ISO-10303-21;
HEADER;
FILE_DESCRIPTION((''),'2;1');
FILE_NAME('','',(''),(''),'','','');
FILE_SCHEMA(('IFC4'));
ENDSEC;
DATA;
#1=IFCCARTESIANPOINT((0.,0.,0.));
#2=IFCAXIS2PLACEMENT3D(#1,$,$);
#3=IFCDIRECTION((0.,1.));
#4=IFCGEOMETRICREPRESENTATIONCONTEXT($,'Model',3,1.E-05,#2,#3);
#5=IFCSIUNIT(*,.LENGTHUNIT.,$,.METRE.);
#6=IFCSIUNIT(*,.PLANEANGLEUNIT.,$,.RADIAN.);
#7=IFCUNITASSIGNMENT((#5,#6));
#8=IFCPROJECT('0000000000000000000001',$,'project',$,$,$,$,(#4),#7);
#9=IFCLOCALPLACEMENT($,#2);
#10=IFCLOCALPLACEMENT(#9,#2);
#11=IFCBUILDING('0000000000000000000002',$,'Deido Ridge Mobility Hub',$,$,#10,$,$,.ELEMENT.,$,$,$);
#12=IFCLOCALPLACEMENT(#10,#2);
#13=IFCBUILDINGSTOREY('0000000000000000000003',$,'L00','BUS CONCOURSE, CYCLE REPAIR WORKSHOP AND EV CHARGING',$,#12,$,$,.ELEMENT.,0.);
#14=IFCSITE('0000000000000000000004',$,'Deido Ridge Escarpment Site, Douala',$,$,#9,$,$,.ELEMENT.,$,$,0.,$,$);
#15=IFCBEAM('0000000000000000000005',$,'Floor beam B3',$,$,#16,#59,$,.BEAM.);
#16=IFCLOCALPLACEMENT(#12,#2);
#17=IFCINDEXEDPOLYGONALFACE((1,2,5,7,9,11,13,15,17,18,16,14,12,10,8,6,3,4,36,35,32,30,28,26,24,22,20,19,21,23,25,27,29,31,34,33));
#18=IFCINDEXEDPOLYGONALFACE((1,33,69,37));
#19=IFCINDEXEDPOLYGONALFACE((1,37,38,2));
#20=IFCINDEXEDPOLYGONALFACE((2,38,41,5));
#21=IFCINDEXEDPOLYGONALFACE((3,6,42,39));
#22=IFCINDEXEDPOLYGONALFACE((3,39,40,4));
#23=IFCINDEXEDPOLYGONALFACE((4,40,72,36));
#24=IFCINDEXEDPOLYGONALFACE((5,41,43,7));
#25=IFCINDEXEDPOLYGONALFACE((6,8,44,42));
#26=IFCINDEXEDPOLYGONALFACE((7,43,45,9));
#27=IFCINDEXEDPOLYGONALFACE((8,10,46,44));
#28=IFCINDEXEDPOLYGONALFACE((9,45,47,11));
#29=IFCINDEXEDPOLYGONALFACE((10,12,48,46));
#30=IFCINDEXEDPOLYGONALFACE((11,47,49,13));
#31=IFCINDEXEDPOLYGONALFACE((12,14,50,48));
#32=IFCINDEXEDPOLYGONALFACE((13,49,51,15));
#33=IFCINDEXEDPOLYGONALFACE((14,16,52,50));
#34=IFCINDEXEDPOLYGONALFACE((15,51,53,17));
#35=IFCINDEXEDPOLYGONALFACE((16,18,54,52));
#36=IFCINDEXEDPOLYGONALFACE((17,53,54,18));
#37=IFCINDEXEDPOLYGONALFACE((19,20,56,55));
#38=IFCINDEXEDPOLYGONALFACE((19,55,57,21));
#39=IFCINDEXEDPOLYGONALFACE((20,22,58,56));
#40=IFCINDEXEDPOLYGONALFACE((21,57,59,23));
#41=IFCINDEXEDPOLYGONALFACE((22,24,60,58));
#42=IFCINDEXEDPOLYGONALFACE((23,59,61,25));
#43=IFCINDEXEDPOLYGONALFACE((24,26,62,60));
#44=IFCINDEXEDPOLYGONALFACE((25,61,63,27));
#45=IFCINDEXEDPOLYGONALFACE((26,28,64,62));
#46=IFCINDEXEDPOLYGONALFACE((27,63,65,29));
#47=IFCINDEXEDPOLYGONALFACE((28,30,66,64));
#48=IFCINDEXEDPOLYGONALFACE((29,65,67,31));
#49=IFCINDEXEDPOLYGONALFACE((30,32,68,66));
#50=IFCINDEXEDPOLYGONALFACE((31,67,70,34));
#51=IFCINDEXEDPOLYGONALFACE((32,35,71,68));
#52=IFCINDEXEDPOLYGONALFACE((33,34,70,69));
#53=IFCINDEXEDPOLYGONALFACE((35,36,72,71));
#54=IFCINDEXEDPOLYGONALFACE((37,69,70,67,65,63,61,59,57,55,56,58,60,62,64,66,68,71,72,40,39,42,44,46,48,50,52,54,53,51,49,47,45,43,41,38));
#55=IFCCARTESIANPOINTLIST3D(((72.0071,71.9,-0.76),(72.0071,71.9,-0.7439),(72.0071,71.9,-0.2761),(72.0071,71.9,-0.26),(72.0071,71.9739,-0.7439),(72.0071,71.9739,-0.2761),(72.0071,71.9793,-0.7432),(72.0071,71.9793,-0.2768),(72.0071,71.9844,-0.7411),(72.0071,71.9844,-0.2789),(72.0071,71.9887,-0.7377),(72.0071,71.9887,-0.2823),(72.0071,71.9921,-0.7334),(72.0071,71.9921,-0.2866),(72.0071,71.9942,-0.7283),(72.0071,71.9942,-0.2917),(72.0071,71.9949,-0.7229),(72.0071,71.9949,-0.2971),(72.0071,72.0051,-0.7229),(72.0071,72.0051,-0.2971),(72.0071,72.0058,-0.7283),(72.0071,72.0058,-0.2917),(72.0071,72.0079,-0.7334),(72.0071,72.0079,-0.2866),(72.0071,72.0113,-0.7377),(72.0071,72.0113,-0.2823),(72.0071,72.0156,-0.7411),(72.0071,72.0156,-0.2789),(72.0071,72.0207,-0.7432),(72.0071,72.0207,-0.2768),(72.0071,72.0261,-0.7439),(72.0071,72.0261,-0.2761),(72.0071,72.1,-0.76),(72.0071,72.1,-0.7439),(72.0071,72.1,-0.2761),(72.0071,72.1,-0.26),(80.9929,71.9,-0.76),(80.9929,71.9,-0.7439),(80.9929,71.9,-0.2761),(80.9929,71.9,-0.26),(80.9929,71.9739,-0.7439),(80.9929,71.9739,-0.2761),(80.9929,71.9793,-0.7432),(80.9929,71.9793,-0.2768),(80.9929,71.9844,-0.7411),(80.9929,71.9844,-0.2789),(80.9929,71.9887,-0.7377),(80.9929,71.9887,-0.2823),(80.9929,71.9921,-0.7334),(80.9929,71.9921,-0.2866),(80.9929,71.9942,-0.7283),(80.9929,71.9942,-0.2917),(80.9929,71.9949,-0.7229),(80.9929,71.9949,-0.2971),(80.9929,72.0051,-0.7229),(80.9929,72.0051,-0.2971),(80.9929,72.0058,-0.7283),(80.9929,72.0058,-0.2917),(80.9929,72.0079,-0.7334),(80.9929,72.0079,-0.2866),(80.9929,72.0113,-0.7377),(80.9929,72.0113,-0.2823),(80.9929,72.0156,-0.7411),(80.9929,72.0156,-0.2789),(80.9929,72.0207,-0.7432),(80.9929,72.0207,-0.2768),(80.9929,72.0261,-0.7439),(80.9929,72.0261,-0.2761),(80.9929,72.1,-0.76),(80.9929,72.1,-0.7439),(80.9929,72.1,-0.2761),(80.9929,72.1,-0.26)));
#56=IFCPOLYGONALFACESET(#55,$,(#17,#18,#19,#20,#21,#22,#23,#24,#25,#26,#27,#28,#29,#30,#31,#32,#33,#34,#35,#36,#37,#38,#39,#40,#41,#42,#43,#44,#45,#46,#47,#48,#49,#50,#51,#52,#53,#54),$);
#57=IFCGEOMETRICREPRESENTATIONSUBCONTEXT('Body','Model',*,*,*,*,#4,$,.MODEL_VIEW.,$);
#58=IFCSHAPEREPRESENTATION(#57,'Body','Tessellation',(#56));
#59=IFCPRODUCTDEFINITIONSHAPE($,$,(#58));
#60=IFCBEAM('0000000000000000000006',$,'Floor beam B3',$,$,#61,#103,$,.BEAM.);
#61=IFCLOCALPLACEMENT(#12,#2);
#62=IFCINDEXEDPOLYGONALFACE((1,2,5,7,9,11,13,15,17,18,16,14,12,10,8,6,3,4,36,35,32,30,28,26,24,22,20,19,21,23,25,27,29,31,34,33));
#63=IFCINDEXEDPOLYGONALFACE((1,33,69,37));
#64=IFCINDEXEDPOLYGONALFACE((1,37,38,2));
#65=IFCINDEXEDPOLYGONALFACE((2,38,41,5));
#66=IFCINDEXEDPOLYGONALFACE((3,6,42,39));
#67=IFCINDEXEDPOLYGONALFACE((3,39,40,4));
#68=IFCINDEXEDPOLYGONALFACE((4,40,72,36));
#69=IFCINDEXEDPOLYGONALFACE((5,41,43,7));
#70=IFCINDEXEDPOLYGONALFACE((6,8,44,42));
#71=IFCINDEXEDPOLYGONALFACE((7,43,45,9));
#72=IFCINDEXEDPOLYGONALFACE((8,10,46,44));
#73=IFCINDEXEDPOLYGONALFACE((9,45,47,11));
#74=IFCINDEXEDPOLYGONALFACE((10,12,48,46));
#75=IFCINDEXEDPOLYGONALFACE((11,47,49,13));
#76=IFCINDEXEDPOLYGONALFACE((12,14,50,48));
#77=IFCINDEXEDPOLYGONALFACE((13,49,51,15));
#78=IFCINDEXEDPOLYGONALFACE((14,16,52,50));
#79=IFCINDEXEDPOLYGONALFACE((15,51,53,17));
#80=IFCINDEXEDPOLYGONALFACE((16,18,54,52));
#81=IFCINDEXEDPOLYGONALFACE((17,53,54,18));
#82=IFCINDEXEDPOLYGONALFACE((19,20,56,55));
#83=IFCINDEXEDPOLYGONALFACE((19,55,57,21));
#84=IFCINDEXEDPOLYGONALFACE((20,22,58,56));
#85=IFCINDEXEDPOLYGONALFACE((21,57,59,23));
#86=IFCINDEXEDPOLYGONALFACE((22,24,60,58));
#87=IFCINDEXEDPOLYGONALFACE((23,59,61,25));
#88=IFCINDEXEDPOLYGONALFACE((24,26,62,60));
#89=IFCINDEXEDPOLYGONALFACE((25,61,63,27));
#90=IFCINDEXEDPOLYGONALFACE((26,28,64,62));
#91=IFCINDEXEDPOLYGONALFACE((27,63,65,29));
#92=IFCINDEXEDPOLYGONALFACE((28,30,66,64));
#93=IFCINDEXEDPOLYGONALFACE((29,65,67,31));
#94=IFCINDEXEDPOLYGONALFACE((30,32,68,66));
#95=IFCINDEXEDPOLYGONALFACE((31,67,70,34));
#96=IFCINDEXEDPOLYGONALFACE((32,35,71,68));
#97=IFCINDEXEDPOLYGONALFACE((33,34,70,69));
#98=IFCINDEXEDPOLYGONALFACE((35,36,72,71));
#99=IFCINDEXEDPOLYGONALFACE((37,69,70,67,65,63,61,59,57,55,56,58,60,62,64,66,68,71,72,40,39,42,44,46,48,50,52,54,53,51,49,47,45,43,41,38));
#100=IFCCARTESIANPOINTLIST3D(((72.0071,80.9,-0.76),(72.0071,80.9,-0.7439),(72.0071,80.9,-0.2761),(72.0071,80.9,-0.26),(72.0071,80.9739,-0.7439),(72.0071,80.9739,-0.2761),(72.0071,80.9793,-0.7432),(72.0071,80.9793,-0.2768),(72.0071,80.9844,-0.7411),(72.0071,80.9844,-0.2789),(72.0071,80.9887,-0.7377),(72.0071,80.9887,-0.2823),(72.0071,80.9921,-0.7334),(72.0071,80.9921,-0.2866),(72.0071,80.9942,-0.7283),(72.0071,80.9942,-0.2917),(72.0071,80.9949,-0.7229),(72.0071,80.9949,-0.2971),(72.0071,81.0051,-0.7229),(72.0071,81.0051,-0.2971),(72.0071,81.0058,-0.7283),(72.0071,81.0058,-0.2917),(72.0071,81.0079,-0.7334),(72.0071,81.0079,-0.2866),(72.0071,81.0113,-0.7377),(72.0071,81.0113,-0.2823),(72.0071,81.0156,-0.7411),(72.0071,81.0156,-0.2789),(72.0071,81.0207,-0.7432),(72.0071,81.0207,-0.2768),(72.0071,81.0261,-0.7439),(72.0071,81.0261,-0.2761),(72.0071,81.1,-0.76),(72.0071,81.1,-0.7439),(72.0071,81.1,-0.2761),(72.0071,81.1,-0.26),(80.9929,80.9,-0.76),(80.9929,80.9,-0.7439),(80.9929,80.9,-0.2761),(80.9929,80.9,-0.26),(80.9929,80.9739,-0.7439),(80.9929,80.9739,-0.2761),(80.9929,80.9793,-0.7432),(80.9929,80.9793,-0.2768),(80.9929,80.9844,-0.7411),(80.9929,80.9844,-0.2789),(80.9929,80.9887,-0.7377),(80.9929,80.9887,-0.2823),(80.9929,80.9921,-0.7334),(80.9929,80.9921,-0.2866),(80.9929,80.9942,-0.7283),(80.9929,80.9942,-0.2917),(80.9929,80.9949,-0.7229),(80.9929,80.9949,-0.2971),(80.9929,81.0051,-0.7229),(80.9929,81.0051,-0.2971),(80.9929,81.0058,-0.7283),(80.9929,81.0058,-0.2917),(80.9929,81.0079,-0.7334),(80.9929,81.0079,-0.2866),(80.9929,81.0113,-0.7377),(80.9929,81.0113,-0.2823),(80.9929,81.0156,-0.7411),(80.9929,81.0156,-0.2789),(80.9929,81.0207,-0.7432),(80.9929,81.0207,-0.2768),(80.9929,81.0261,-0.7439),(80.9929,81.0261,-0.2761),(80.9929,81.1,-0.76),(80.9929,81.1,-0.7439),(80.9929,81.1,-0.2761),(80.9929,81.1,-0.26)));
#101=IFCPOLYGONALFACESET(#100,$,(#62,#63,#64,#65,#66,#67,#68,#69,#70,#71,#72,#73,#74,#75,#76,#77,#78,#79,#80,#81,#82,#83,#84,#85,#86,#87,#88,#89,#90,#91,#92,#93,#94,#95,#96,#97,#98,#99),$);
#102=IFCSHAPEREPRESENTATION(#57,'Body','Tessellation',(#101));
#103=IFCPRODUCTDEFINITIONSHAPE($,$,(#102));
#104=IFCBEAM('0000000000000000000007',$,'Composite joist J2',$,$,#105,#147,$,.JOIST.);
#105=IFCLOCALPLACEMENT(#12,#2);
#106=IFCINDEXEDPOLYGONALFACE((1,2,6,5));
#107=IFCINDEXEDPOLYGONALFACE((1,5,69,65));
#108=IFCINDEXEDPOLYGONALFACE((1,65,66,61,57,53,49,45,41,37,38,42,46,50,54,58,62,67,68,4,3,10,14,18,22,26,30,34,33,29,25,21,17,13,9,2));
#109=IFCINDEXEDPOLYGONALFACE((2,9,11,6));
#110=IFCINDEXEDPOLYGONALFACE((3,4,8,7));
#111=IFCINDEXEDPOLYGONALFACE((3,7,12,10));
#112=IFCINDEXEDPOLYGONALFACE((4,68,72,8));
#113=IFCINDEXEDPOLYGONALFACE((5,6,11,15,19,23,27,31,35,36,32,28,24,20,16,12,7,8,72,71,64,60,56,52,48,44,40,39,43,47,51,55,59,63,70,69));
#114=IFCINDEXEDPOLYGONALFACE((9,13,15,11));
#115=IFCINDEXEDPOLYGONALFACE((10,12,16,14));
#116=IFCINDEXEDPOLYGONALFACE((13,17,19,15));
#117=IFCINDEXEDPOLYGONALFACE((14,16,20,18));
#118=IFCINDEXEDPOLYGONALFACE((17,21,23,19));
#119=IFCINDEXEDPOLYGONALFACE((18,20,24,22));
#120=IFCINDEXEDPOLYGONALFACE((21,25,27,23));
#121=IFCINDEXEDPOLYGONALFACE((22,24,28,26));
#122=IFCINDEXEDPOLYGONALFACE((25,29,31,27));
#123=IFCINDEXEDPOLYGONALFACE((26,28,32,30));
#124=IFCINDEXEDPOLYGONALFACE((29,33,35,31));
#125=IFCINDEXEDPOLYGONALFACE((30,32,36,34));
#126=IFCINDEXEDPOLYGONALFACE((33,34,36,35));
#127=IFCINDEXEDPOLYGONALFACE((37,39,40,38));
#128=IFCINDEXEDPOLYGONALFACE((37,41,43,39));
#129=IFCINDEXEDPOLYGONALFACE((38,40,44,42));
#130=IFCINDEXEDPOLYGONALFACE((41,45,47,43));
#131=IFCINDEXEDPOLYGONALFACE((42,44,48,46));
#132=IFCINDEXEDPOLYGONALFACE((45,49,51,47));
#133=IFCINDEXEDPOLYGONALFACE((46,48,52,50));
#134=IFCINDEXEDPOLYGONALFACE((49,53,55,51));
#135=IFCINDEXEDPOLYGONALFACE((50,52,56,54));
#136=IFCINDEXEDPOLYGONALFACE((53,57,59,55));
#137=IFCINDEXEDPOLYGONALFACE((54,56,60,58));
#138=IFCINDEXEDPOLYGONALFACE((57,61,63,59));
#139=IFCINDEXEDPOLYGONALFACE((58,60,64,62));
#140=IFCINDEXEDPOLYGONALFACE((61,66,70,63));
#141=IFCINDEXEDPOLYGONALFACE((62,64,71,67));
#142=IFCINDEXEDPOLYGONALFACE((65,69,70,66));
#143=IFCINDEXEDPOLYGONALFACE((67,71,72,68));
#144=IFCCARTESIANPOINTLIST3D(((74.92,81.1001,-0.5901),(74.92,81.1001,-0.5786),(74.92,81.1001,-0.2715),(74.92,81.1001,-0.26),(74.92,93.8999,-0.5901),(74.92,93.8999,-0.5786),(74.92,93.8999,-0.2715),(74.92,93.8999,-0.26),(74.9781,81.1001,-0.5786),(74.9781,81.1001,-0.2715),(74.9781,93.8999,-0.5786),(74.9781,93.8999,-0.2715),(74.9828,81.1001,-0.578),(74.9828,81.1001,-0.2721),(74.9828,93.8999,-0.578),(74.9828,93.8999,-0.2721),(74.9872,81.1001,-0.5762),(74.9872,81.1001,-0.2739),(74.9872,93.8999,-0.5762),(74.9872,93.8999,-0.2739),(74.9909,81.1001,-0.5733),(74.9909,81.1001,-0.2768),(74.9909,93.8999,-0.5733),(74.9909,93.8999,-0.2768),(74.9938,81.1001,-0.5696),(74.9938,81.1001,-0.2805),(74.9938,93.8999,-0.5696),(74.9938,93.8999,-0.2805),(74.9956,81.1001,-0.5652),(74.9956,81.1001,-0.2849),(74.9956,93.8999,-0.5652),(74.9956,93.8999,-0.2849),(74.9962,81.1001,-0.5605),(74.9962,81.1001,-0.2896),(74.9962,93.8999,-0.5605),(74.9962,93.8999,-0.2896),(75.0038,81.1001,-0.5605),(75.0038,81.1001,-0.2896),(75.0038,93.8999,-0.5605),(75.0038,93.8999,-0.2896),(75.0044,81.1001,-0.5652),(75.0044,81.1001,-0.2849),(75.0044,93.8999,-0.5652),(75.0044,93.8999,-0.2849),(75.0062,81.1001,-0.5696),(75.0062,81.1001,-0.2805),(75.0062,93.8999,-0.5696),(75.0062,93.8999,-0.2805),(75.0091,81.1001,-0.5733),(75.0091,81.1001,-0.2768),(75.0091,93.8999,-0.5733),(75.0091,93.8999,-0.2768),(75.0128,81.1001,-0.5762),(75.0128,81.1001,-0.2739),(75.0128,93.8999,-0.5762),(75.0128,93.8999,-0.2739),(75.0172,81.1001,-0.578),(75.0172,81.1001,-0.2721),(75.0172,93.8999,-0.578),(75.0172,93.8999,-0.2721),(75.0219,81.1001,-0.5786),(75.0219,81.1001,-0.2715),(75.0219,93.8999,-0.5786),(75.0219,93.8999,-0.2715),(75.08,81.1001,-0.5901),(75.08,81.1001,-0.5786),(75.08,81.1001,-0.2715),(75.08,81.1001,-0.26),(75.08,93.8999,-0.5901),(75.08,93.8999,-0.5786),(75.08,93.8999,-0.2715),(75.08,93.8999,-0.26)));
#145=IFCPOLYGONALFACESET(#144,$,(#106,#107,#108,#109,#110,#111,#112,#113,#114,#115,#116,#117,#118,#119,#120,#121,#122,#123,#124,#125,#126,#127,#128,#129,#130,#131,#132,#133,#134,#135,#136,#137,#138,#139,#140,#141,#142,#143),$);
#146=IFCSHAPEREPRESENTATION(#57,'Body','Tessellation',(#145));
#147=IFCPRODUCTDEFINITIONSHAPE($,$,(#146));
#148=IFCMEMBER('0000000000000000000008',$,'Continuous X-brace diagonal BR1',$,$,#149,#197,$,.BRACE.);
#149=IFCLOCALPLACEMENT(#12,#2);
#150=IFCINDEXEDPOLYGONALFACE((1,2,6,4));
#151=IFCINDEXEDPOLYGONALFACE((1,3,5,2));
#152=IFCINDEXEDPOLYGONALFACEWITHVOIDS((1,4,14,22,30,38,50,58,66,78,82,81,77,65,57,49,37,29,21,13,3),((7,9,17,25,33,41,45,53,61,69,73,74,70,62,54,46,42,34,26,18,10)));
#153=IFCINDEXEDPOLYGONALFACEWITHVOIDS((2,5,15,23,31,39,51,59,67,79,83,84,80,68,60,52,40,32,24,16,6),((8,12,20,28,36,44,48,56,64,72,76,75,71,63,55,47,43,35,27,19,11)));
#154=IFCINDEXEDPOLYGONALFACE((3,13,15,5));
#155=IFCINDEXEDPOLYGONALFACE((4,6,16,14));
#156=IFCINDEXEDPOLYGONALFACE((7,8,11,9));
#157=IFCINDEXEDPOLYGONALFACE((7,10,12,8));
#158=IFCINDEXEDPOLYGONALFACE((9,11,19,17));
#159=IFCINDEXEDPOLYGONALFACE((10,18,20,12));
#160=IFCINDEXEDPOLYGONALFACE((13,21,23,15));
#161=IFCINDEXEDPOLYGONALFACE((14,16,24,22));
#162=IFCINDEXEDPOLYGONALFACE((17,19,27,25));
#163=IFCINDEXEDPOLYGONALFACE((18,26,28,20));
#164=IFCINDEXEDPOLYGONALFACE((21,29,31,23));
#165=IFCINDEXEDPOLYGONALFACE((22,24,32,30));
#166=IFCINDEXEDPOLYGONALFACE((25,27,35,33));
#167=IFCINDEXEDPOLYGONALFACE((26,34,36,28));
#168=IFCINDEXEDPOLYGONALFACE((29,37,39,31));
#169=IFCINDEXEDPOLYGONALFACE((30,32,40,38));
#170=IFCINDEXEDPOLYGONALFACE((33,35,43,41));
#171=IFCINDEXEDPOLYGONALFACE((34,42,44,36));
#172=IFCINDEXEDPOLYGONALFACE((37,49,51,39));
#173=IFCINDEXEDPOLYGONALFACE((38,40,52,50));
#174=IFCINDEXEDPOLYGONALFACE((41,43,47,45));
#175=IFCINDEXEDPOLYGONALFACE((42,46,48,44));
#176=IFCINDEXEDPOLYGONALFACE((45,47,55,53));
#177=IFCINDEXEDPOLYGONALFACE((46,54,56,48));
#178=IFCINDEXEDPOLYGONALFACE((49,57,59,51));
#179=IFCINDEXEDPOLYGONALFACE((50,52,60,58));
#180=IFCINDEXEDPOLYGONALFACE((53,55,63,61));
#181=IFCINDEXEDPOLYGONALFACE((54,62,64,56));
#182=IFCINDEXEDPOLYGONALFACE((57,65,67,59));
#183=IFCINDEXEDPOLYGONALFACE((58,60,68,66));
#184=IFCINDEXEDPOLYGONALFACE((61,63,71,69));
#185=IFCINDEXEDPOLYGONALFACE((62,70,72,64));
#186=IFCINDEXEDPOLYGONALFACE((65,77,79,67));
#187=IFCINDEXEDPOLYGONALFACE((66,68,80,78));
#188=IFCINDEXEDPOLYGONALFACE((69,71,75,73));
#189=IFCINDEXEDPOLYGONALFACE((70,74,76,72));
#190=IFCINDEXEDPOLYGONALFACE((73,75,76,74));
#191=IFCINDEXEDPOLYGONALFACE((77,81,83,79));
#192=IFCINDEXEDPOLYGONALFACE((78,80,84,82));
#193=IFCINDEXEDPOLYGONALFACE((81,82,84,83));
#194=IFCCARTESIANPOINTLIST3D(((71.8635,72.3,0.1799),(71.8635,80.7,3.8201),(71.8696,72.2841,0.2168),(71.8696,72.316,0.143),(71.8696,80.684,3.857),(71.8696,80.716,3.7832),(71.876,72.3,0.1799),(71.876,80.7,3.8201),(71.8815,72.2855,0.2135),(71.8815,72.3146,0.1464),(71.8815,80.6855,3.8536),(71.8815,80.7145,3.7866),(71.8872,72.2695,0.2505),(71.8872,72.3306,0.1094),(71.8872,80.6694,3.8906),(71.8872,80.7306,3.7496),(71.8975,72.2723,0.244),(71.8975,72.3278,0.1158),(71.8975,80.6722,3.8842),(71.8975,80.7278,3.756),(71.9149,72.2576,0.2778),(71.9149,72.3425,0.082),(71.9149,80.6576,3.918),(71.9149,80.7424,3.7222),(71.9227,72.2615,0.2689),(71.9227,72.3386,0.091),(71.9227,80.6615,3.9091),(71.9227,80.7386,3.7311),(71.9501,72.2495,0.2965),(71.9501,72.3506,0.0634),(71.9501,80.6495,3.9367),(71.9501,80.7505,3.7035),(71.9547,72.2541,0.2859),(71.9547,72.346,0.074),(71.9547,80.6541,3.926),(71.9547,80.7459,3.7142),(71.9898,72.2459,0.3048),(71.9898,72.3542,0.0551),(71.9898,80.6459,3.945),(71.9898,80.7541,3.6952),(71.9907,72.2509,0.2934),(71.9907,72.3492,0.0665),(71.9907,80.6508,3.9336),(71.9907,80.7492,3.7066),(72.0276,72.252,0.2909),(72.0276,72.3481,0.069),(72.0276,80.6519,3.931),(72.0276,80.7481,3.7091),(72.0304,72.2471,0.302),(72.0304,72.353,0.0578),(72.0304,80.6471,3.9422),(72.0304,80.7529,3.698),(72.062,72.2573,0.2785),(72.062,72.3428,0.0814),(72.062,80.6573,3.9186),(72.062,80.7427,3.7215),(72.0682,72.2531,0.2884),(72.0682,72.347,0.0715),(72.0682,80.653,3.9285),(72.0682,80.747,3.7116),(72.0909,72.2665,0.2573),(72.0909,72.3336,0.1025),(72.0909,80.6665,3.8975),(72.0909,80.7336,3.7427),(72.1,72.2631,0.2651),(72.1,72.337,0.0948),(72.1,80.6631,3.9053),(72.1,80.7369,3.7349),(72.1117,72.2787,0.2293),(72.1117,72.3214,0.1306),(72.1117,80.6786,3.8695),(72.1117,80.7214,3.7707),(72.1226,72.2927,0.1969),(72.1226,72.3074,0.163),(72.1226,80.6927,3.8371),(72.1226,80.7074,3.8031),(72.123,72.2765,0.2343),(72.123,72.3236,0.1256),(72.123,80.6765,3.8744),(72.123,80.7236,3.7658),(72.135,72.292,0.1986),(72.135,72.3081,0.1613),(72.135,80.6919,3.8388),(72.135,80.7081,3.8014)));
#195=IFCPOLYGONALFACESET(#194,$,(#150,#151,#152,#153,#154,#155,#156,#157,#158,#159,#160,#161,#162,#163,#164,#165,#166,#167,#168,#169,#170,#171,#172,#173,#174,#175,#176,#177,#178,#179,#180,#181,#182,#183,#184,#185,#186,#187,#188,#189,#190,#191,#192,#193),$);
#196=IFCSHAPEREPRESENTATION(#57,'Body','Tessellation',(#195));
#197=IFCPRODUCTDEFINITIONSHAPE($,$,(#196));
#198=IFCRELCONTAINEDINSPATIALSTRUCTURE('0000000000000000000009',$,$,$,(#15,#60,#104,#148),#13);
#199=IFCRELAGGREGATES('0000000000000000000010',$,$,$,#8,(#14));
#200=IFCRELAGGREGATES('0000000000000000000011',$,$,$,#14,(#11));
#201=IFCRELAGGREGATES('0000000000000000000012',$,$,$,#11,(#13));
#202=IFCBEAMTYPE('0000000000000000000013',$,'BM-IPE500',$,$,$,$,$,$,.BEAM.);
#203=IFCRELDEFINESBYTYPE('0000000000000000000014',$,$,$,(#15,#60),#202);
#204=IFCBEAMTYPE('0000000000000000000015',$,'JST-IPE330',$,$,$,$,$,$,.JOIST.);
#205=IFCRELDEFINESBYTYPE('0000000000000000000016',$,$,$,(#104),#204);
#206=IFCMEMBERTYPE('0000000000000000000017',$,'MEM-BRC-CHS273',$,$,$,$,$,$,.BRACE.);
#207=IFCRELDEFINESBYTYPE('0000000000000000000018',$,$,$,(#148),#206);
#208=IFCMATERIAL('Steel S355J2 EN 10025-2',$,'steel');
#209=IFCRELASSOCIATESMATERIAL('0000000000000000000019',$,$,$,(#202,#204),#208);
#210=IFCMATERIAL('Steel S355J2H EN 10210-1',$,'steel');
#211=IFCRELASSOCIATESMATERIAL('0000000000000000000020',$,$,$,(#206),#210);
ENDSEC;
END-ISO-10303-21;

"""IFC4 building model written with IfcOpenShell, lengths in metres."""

from ifc_helpers import new_model, si_unit, direction, frame, origin, origin_2d, place, context, subcontext, project, spatial, hollow_circle, i_section, extrude, material, material_profile, profile_set, type_object, element, save


model = new_model("IFC4")

# Units and contexts
model_context = context("Model", 3, precision=1e-05, world=origin(), true_north=direction((0.0, 1.0)))
body_context = subcontext(model_context, "Body", "Model", "MODEL_VIEW")
ifc_project = project(units=[si_unit("LENGTHUNIT", "METRE"), si_unit("PLANEANGLEUNIT", "RADIAN")], contexts=[model_context])

# Site, building, storey
site_placement = place(None, origin())
site = spatial("IfcSite", under=ifc_project, at=site_placement, Name="Deido Ridge Escarpment Site, Douala", CompositionType="ELEMENT", RefElevation=0.0)
building_placement = place(site_placement, origin())
building = spatial("IfcBuilding", under=site, at=building_placement, Name="Deido Ridge Mobility Hub", CompositionType="ELEMENT")
storey_placement = place(building_placement, origin())
storey = spatial("IfcBuildingStorey", under=building, at=storey_placement, Name="L00", Description="BUS CONCOURSE, CYCLE REPAIR WORKSHOP AND EV CHARGING", CompositionType="ELEMENT", Elevation=0.0)

# Shared definitions
ifc_material_1 = material(Name="Steel S355J2 EN 10025-2", Category="steel")

# Beams
ifc_material_profile_1 = material_profile(ifc_material_1, i_section(OverallWidth=0.2, OverallDepth=0.5, WebThickness=0.0103, FlangeThickness=0.0161, FilletRadius=0.021, at=origin_2d()), Name="IPE 500")
ifc_profile_set_1 = profile_set([ifc_material_profile_1], Name="Steel S355J2 EN 10025-2")
beam_type_1 = type_object("IfcBeamType", Name="BM-IPE500", PredefinedType="BEAM", material=ifc_profile_set_1)
for number, where, z_axis, x_axis, name in (
    (1, (72.0071, 72.0, -0.51), (1.0, 0.0, 0.0), (0.0, 1.0, 0.0), "Floor beam B3"),
    (2, (72.0071, 81.0, -0.51), (1.0, 0.0, 0.0), (0.0, 1.0, 0.0), "Floor beam B3"),
):
    element("IfcBeam", number, at=place(storey_placement, frame(where, z_axis=z_axis, x_axis=x_axis)), inside=storey, type_object=beam_type_1, Name=name, PredefinedType="BEAM", context=body_context, shape_type="SweptSolid", body=[
        extrude(i_section(OverallWidth=0.2, OverallDepth=0.5, WebThickness=0.0103, FlangeThickness=0.0161, FilletRadius=0.021, at=origin_2d()), origin(), (0.0, 0.0, 1.0), 8.9858),
    ])
ifc_material_profile_2 = material_profile(ifc_material_1, i_section(OverallWidth=0.1599, OverallDepth=0.3301, WebThickness=0.0076, FlangeThickness=0.0115, FilletRadius=0.0181, at=origin_2d()), Name="IPE 330")
ifc_profile_set_2 = profile_set([ifc_material_profile_2], Name="Steel S355J2 EN 10025-2")
beam_type_2 = type_object("IfcBeamType", Name="JST-IPE330", PredefinedType="JOIST", material=ifc_profile_set_2)
beam_1_placement = place(storey_placement, frame((75.0, 81.1001, -0.425), z_axis=(0.0, 1.0, 0.0), x_axis=(-1.0, 0.0, 0.0)))
element("IfcBeam", 3, at=beam_1_placement, inside=storey, type_object=beam_type_2, Name="Composite joist J2", PredefinedType="JOIST", context=body_context, shape_type="SweptSolid", body=[
    extrude(i_section(OverallWidth=0.1599, OverallDepth=0.3301, WebThickness=0.0076, FlangeThickness=0.0115, FilletRadius=0.0181, at=origin_2d()), origin(), (0.0, 0.0, 1.0), 12.7998),
])

# Member
ifc_material_2 = material(Name="Steel S355J2H EN 10210-1", Category="steel")
ifc_material_profile_3 = material_profile(ifc_material_2, hollow_circle(Radius=0.1365, WallThickness=0.0125, at=origin_2d()), Name="CHS 273x12.5")
ifc_profile_set_3 = profile_set([ifc_material_profile_3], Name="Steel S355J2H EN 10210-1")
member_type_1 = type_object("IfcMemberType", Name="MEM-BRC-CHS273", PredefinedType="BRACE", material=ifc_profile_set_3)
member_1_placement = place(storey_placement, frame((72.0, 72.3, 0.1799), z_axis=(0.0, 0.917548, 0.397624), x_axis=(-1.0, 0.0, 0.0)))
element("IfcMember", 4, at=member_1_placement, inside=storey, type_object=member_type_1, Name="Continuous X-brace diagonal BR1", PredefinedType="BRACE", context=body_context, shape_type="SweptSolid", body=[
    extrude(hollow_circle(Radius=0.1365, WallThickness=0.0125, at=origin_2d()), origin(), (0.0, 0.0, 1.0), 9.1548),
])

save(model, "model.ifc")
